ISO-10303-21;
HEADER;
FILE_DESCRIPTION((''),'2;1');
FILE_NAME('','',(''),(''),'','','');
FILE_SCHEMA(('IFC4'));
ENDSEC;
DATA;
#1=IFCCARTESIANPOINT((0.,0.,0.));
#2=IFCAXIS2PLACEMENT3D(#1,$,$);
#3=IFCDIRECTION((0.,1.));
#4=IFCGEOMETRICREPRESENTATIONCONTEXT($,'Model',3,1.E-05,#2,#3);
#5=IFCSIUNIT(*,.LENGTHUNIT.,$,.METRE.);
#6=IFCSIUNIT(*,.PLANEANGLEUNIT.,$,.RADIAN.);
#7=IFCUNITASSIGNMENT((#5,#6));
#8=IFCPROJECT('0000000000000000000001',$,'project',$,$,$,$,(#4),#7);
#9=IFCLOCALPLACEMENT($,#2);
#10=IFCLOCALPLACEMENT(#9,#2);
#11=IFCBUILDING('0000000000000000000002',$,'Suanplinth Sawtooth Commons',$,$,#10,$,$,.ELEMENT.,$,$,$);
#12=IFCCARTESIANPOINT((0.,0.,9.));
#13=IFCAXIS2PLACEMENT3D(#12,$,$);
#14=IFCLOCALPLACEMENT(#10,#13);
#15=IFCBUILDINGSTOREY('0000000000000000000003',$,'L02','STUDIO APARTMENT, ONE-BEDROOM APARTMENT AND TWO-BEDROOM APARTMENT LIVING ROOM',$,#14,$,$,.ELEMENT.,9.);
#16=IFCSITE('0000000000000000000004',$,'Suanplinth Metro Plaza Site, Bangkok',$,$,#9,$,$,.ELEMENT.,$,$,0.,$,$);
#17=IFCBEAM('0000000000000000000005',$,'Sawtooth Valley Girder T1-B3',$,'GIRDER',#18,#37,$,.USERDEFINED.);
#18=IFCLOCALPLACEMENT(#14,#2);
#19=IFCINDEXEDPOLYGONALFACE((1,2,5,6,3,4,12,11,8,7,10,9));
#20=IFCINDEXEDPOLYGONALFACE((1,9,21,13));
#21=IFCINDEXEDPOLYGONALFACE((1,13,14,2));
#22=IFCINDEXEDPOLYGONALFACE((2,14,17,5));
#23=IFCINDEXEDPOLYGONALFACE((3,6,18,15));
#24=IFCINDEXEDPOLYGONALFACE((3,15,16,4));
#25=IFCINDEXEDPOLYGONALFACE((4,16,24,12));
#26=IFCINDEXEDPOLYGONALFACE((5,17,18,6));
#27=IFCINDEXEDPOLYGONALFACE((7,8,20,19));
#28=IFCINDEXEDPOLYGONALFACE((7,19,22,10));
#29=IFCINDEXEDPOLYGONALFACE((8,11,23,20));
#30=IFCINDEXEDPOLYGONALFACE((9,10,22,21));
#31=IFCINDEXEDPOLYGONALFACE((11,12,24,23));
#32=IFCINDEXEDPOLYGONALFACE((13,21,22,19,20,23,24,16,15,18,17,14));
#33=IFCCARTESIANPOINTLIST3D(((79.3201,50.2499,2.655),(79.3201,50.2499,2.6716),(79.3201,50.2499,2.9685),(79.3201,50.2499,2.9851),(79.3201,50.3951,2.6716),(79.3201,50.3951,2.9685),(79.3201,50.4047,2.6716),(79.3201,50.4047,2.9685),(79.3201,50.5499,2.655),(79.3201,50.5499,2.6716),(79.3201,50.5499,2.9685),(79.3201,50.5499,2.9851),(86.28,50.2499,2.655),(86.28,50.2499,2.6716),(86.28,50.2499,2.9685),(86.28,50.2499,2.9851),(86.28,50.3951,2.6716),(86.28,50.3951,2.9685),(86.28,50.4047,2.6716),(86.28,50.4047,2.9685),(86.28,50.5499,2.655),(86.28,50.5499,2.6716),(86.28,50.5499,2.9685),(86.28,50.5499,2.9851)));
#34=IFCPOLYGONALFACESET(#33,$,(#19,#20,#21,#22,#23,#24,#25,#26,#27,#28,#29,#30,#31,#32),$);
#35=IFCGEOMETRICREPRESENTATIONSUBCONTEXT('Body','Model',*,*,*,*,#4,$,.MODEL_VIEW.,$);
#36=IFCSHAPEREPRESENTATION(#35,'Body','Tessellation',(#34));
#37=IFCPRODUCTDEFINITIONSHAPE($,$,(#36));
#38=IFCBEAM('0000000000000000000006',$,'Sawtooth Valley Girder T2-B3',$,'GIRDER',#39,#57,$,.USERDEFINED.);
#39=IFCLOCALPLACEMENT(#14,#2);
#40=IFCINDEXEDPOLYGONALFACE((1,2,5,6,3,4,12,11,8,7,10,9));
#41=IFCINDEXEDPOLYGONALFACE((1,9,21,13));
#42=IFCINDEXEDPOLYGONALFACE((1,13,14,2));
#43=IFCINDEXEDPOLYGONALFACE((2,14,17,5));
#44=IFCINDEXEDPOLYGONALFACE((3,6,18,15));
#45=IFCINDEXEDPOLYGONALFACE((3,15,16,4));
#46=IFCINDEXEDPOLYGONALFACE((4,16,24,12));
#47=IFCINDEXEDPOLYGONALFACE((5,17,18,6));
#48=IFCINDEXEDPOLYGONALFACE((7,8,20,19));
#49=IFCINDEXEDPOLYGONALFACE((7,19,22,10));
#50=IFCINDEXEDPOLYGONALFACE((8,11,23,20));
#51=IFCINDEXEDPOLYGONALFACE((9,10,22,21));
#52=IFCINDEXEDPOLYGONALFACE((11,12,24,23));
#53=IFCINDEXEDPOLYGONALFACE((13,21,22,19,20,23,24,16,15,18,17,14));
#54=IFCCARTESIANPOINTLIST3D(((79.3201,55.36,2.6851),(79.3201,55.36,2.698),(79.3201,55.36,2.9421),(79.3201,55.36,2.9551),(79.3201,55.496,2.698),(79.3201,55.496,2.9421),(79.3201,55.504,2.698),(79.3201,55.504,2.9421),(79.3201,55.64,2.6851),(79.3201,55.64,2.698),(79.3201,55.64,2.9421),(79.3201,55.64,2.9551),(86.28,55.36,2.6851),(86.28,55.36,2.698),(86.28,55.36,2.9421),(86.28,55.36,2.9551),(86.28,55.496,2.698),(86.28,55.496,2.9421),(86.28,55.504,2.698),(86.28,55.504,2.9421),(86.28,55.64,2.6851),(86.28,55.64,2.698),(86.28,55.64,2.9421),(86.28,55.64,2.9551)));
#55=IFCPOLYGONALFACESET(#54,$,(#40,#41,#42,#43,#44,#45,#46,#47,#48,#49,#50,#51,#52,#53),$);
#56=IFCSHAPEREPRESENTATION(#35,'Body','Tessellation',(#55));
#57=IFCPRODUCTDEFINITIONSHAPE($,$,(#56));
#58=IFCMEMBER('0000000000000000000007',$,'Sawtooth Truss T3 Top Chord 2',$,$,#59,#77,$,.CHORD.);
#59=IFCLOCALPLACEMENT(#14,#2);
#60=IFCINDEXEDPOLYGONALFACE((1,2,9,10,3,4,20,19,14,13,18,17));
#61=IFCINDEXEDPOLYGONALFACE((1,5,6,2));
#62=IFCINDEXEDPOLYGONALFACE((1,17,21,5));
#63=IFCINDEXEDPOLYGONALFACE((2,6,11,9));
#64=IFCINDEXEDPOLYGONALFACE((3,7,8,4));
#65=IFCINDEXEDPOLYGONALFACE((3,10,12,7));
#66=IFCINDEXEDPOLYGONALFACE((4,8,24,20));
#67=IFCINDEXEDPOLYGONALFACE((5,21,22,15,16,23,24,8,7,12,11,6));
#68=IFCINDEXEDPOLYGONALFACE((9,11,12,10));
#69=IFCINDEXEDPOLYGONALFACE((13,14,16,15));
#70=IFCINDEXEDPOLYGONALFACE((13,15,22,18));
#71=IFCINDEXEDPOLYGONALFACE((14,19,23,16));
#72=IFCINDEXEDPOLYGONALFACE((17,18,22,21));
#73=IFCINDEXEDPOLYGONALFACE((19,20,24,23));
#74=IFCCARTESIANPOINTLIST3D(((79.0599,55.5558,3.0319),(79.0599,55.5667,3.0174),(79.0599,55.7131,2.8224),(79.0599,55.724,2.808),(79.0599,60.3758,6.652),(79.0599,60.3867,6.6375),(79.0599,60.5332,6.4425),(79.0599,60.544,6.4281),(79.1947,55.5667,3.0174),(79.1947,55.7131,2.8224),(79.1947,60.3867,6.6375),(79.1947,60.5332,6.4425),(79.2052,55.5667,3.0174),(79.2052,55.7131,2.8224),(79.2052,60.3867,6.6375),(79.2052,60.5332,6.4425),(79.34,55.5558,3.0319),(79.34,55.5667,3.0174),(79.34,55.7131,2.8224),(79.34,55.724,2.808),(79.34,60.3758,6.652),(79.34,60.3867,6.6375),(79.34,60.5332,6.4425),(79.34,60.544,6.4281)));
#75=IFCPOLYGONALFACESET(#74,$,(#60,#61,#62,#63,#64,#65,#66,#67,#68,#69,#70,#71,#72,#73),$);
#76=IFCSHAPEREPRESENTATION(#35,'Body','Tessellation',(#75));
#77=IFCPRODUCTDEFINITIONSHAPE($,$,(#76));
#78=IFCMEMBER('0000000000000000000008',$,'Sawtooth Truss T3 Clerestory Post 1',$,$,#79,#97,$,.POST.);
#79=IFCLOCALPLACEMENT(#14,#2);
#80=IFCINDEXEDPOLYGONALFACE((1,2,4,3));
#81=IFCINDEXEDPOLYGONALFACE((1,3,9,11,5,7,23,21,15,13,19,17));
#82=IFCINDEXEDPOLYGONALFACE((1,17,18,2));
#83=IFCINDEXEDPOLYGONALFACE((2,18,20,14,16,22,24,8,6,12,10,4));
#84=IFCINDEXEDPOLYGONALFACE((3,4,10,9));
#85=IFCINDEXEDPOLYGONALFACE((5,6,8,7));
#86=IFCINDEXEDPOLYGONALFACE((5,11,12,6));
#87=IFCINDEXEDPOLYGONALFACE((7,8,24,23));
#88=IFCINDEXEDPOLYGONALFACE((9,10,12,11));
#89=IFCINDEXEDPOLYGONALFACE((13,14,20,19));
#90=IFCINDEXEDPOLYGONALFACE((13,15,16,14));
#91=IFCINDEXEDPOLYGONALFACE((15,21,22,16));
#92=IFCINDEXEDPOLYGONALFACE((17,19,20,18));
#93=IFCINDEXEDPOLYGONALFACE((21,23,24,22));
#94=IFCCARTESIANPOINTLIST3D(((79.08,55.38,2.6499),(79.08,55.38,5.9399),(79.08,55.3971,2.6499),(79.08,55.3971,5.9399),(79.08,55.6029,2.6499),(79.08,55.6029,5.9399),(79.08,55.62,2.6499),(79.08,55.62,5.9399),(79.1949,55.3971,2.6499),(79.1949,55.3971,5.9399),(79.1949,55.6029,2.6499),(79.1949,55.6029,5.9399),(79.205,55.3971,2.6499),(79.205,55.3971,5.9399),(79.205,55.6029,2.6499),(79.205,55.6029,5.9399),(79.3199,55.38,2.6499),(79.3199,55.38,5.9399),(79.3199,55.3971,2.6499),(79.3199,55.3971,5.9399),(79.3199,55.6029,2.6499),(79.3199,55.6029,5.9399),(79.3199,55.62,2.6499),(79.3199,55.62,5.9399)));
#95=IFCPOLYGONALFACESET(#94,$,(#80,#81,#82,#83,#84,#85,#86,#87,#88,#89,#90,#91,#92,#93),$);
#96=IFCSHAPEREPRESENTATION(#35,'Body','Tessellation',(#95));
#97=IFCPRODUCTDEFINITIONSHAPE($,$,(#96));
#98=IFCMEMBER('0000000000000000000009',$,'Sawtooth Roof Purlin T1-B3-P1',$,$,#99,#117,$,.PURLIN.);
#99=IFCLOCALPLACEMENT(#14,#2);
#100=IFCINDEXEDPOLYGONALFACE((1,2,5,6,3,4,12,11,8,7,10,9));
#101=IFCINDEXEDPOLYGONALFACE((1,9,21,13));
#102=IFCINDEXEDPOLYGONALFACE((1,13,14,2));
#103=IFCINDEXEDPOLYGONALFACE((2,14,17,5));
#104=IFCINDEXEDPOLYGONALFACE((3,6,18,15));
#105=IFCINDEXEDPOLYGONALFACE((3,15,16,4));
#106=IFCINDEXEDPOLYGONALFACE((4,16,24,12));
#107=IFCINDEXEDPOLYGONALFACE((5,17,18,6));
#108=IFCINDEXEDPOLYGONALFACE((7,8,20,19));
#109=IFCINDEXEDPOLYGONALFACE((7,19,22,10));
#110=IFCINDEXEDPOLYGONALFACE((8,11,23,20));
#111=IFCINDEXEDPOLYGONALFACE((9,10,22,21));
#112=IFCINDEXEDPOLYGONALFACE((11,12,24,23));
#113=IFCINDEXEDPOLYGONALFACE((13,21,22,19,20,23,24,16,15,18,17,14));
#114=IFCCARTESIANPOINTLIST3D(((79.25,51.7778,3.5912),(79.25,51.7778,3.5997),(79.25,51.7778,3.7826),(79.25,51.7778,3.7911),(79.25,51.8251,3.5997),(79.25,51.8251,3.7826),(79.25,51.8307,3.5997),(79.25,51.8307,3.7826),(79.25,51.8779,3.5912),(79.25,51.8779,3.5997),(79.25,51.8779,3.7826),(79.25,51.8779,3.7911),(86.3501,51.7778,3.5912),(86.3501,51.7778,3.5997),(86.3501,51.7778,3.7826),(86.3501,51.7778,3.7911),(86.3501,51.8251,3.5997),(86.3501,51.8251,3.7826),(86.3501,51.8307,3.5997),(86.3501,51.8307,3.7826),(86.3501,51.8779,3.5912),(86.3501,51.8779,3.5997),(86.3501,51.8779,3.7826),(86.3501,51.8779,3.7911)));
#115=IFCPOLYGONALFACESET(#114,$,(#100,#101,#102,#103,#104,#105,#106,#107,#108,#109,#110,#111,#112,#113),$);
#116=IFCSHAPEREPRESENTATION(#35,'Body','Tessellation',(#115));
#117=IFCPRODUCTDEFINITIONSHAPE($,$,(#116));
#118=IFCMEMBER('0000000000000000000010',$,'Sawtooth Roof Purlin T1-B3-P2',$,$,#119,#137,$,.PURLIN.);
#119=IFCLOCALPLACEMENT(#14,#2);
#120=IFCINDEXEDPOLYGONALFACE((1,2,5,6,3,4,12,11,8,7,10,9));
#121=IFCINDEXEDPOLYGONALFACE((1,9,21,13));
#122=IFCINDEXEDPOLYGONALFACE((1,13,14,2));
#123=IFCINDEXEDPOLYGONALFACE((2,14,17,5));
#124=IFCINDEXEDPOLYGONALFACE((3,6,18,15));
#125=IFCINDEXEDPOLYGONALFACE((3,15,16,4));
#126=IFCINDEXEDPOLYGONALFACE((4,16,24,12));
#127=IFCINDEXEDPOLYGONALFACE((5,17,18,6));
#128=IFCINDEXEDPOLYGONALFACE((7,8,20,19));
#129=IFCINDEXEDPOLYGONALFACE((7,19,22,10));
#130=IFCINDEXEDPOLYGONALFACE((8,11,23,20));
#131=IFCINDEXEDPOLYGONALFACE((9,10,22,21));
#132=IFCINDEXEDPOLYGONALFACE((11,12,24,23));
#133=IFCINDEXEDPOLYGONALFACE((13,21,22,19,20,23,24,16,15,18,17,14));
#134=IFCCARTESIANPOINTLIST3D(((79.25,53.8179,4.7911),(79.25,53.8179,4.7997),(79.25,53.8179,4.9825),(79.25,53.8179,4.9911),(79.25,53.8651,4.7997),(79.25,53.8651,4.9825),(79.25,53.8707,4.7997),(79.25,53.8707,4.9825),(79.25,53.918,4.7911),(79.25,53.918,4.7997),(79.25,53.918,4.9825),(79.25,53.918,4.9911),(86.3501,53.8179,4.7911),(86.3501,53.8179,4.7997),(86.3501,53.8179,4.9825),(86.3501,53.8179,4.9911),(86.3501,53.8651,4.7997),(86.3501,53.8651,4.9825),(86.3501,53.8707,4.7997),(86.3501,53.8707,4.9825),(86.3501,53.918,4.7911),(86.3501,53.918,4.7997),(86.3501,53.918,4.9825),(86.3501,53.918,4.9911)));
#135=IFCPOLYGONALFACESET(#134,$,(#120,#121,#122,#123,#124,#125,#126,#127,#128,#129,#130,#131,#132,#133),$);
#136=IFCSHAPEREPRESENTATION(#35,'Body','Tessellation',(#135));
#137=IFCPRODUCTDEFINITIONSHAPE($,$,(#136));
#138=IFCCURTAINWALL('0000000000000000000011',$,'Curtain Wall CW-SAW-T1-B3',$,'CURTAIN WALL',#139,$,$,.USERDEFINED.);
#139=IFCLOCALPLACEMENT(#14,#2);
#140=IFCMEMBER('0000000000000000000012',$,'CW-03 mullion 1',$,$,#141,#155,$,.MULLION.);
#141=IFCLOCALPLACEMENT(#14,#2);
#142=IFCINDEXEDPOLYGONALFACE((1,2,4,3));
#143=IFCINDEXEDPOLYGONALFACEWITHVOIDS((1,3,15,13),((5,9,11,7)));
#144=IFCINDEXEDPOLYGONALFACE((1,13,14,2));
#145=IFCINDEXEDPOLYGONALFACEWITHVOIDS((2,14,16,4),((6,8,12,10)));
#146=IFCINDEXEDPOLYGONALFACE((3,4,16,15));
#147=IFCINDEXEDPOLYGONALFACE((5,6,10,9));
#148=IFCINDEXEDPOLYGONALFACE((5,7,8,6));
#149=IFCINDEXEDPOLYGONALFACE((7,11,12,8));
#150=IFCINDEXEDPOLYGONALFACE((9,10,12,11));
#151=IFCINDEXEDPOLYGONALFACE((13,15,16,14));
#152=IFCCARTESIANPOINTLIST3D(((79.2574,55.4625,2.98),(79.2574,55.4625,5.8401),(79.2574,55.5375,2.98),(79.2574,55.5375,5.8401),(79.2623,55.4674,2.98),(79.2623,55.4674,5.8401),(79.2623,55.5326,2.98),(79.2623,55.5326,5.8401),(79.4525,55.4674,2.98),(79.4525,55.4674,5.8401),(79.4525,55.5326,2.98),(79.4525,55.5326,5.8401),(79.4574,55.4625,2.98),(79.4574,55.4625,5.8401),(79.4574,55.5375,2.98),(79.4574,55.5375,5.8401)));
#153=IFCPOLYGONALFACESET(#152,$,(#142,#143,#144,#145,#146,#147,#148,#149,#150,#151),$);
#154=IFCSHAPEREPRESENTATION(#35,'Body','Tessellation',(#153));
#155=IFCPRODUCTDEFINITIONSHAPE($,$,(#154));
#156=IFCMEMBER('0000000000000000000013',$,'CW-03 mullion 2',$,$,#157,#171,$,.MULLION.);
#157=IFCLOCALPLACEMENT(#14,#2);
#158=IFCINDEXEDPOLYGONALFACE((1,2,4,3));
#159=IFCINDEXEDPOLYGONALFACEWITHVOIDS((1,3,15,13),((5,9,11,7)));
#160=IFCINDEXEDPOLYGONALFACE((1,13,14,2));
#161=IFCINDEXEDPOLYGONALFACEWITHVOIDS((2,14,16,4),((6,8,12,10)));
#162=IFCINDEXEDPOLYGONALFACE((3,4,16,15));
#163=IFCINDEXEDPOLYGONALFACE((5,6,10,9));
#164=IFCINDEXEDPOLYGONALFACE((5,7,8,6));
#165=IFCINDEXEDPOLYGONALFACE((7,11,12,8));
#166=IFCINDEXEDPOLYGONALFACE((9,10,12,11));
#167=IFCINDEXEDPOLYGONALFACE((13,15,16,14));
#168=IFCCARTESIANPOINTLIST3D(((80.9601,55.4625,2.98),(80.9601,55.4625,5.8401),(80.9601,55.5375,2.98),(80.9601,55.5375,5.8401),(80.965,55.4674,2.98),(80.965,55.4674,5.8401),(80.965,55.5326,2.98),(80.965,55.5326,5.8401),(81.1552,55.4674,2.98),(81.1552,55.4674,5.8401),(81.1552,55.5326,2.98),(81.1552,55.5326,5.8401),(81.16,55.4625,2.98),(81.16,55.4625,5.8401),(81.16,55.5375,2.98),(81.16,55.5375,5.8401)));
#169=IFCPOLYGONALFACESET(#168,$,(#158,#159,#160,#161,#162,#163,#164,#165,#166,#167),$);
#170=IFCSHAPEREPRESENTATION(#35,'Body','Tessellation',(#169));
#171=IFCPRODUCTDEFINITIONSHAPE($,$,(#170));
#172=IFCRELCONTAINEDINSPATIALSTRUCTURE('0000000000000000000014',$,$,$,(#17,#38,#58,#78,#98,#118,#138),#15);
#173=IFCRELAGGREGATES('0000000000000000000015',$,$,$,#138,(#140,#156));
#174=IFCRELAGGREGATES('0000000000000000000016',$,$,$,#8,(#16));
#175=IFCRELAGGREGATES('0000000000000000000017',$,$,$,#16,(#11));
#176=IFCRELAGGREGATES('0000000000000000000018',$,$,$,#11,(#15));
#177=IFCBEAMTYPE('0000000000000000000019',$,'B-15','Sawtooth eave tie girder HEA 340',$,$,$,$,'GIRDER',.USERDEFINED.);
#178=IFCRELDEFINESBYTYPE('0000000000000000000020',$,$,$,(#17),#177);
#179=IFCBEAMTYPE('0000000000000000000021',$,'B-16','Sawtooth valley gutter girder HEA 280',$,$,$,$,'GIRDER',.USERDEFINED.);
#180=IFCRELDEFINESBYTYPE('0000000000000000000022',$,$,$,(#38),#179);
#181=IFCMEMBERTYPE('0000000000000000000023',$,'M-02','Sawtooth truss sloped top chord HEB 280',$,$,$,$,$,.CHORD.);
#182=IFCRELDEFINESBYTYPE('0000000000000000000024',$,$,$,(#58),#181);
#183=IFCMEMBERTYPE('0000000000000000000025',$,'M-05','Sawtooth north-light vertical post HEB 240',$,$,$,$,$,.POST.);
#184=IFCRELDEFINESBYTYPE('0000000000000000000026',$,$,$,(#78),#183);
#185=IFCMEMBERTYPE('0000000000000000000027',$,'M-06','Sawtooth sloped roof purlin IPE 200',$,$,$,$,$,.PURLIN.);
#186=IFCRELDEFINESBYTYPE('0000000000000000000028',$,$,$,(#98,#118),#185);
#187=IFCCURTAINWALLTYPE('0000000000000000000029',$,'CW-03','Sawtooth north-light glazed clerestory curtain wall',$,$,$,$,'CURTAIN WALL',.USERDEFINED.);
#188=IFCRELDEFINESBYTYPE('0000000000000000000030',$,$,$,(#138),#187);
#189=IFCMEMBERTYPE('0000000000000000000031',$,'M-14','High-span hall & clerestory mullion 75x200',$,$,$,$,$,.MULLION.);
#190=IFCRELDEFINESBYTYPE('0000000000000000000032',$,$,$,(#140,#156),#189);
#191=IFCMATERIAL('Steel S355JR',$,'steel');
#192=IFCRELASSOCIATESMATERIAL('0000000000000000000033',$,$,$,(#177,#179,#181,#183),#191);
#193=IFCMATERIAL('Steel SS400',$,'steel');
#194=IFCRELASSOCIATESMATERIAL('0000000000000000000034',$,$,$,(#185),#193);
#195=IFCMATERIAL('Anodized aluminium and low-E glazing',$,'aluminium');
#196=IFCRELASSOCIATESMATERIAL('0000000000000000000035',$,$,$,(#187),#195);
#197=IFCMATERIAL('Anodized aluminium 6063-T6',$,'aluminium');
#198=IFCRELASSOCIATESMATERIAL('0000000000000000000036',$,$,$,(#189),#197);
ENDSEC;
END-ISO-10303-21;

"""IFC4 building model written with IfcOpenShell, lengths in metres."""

from ifc_helpers import new_model, si_unit, direction, frame, origin, origin_2d, place, context, subcontext, project, spatial, hollow_rectangle, i_section, extrude, material, material_profile, profile_set, type_object, element, aggregate, save


model = new_model("IFC4")

# Units and contexts
model_context = context("Model", 3, precision=1e-05, world=origin(), true_north=direction((0.0, 1.0)))
body_context = subcontext(model_context, "Body", "Model", "MODEL_VIEW")
ifc_project = project(units=[si_unit("LENGTHUNIT", "METRE"), si_unit("PLANEANGLEUNIT", "RADIAN")], contexts=[model_context])

# Site, building, storey
site_placement = place(None, origin())
site = spatial("IfcSite", under=ifc_project, at=site_placement, Name="Suanplinth Metro Plaza Site, Bangkok", CompositionType="ELEMENT", RefElevation=0.0)
building_placement = place(site_placement, origin())
building = spatial("IfcBuilding", under=site, at=building_placement, Name="Suanplinth Sawtooth Commons", CompositionType="ELEMENT")
storey_placement = place(building_placement, frame((0.0, 0.0, 9.0)))
storey = spatial("IfcBuildingStorey", under=building, at=storey_placement, Name="L02", Description="STUDIO APARTMENT, ONE-BEDROOM APARTMENT AND TWO-BEDROOM APARTMENT LIVING ROOM", CompositionType="ELEMENT", Elevation=9.0)

# Beams
ifc_material_1 = material(Name="Steel S355JR", Category="steel")
ifc_material_profile_1 = material_profile(ifc_material_1, i_section(OverallWidth=0.3, OverallDepth=0.3301, WebThickness=0.0095, FlangeThickness=0.0166, at=origin_2d()), Name="HEA 340")
ifc_profile_set_1 = profile_set([ifc_material_profile_1], Name="Steel S355JR")
beam_type_1 = type_object("IfcBeamType", Name="B-15", Description="Sawtooth eave tie girder HEA 340", ElementType="GIRDER", PredefinedType="USERDEFINED", material=ifc_profile_set_1)
beam_1_placement = place(storey_placement, frame((79.3201, 50.3999, 2.8201), z_axis=(1.0, 0.0, 0.0), x_axis=(0.0, 1.0, 0.0)))
element("IfcBeam", 1, at=beam_1_placement, inside=storey, type_object=beam_type_1, Name="Sawtooth Valley Girder T1-B3", ObjectType="GIRDER", PredefinedType="USERDEFINED", context=body_context, shape_type="SweptSolid", body=[
    extrude(i_section(OverallWidth=0.3, OverallDepth=0.3301, WebThickness=0.0095, FlangeThickness=0.0166, at=origin_2d()), origin(), (0.0, 0.0, 1.0), 6.96),
])
ifc_material_profile_2 = material_profile(ifc_material_1, i_section(OverallWidth=0.28, OverallDepth=0.27, WebThickness=0.0081, FlangeThickness=0.0129, at=origin_2d()), Name="HEA 280")
ifc_profile_set_2 = profile_set([ifc_material_profile_2], Name="Steel S355JR")
beam_type_2 = type_object("IfcBeamType", Name="B-16", Description="Sawtooth valley gutter girder HEA 280", ElementType="GIRDER", PredefinedType="USERDEFINED", material=ifc_profile_set_2)
beam_2_placement = place(storey_placement, frame((79.3201, 55.5, 2.8201), z_axis=(1.0, 0.0, 0.0), x_axis=(0.0, 1.0, 0.0)))
element("IfcBeam", 2, at=beam_2_placement, inside=storey, type_object=beam_type_2, Name="Sawtooth Valley Girder T2-B3", ObjectType="GIRDER", PredefinedType="USERDEFINED", context=body_context, shape_type="SweptSolid", body=[
    extrude(i_section(OverallWidth=0.28, OverallDepth=0.27, WebThickness=0.0081, FlangeThickness=0.0129, at=origin_2d()), origin(), (0.0, 0.0, 1.0), 6.96),
])

# Members
ifc_material_profile_3 = material_profile(ifc_material_1, i_section(OverallWidth=0.28, OverallDepth=0.28, WebThickness=0.0105, FlangeThickness=0.0181, at=origin_2d()), Name="HEB 280")
ifc_profile_set_3 = profile_set([ifc_material_profile_3], Name="Steel S355JR")
member_type_1 = type_object("IfcMemberType", Name="M-02", Description="Sawtooth truss sloped top chord HEB 280", PredefinedType="CHORD", material=ifc_profile_set_3)
member_1_placement = place(storey_placement, frame((79.2, 55.6399, 2.9199), z_axis=(0.0, 0.799596, 0.600538), x_axis=(-1.0, 0.0, 0.0)))
element("IfcMember", 3, at=member_1_placement, inside=storey, type_object=member_type_1, Name="Sawtooth Truss T3 Top Chord 2", PredefinedType="CHORD", context=body_context, shape_type="SweptSolid", body=[
    extrude(i_section(OverallWidth=0.28, OverallDepth=0.28, WebThickness=0.0105, FlangeThickness=0.0181, at=origin_2d()), origin(), (0.0, 0.0, 1.0), 6.0281),
])
ifc_material_profile_4 = material_profile(ifc_material_1, i_section(OverallWidth=0.24, OverallDepth=0.24, WebThickness=0.01, FlangeThickness=0.0171, at=origin_2d()), Name="HEB 240")
ifc_profile_set_4 = profile_set([ifc_material_profile_4], Name="Steel S355JR")
member_type_2 = type_object("IfcMemberType", Name="M-05", Description="Sawtooth north-light vertical post HEB 240", PredefinedType="POST", material=ifc_profile_set_4)
member_2_placement = place(storey_placement, frame((79.2, 55.5, 2.6499), z_axis=(0.0, 0.0, 1.0), x_axis=(1.0, 0.0, 0.0)))
element("IfcMember", 4, at=member_2_placement, inside=storey, type_object=member_type_2, Name="Sawtooth Truss T3 Clerestory Post 1", PredefinedType="POST", context=body_context, shape_type="SweptSolid", body=[
    extrude(i_section(OverallWidth=0.24, OverallDepth=0.24, WebThickness=0.01, FlangeThickness=0.0171, at=origin_2d()), origin(), (0.0, 0.0, 1.0), 3.29),
])
ifc_material_2 = material(Name="Steel SS400", Category="steel")
ifc_material_profile_5 = material_profile(ifc_material_2, i_section(OverallWidth=0.1001, OverallDepth=0.2, WebThickness=0.0056, FlangeThickness=0.0085, at=origin_2d()), Name="IPE 200")
ifc_profile_set_5 = profile_set([ifc_material_profile_5], Name="Steel SS400")
member_type_3 = type_object("IfcMemberType", Name="M-06", Description="Sawtooth sloped roof purlin IPE 200", PredefinedType="PURLIN", material=ifc_profile_set_5)
for number, where, z_axis, x_axis, name in (
    (5, (79.25, 51.8279, 3.6912), (1.0, 0.0, 0.0), (0.0, 1.0, 0.0), "Sawtooth Roof Purlin T1-B3-P1"),
    (6, (79.25, 53.8679, 4.8911), (1.0, 0.0, 0.0), (0.0, 1.0, 0.0), "Sawtooth Roof Purlin T1-B3-P2"),
):
    element("IfcMember", number, at=place(storey_placement, frame(where, z_axis=z_axis, x_axis=x_axis)), inside=storey, type_object=member_type_3, Name=name, PredefinedType="PURLIN", context=body_context, shape_type="SweptSolid", body=[
        extrude(i_section(OverallWidth=0.1001, OverallDepth=0.2, WebThickness=0.0056, FlangeThickness=0.0085, at=origin_2d()), origin(), (0.0, 0.0, 1.0), 7.1001),
    ])

# Curtain wall, members
ifc_material_3 = material(Name="Anodized aluminium and low-E glazing", Category="aluminium")
curtain_wall_type = type_object("IfcCurtainWallType", Name="CW-03", Description="Sawtooth north-light glazed clerestory curtain wall", ElementType="CURTAIN WALL", PredefinedType="USERDEFINED", material=ifc_material_3)
curtain_wall_placement = place(storey_placement, origin())
curtain_wall = element("IfcCurtainWall", 7, at=curtain_wall_placement, inside=storey, type_object=curtain_wall_type, Name="Curtain Wall CW-SAW-T1-B3", ObjectType="CURTAIN WALL", PredefinedType="USERDEFINED")
ifc_material_4 = material(Name="Anodized aluminium 6063-T6", Category="aluminium")
ifc_material_profile_6 = material_profile(ifc_material_4, hollow_rectangle(XDim=0.075, YDim=0.2, WallThickness=0.0049, at=origin_2d()), Name="ALU-MUL 75x200")
ifc_profile_set_6 = profile_set([ifc_material_profile_6], Name="Anodized aluminium 6063-T6")
member_type_4 = type_object("IfcMemberType", Name="M-14", Description="High-span hall & clerestory mullion 75x200", PredefinedType="MULLION", material=ifc_profile_set_6)
member_3_placement = place(storey_placement, frame((79.3574, 55.5, 2.98), z_axis=(0.0, 0.0, 1.0), x_axis=(0.0, 1.0, 0.0)))
member_3 = element("IfcMember", 8, at=member_3_placement, type_object=member_type_4, Name="CW-03 mullion 1", PredefinedType="MULLION", context=body_context, shape_type="SweptSolid", body=[
    extrude(hollow_rectangle(XDim=0.075, YDim=0.2, WallThickness=0.0049, at=origin_2d()), origin(), (0.0, 0.0, 1.0), 2.8601),
])
member_4_placement = place(storey_placement, frame((81.0601, 55.5, 2.98), z_axis=(0.0, 0.0, 1.0), x_axis=(0.0, 1.0, 0.0)))
member_4 = element("IfcMember", 9, at=member_4_placement, type_object=member_type_4, Name="CW-03 mullion 2", PredefinedType="MULLION", context=body_context, shape_type="SweptSolid", body=[
    extrude(hollow_rectangle(XDim=0.075, YDim=0.2, WallThickness=0.0049, at=origin_2d()), origin(), (0.0, 0.0, 1.0), 2.8601),
])

aggregate(curtain_wall, [member_3, member_4])

save(model, "model.ifc")
